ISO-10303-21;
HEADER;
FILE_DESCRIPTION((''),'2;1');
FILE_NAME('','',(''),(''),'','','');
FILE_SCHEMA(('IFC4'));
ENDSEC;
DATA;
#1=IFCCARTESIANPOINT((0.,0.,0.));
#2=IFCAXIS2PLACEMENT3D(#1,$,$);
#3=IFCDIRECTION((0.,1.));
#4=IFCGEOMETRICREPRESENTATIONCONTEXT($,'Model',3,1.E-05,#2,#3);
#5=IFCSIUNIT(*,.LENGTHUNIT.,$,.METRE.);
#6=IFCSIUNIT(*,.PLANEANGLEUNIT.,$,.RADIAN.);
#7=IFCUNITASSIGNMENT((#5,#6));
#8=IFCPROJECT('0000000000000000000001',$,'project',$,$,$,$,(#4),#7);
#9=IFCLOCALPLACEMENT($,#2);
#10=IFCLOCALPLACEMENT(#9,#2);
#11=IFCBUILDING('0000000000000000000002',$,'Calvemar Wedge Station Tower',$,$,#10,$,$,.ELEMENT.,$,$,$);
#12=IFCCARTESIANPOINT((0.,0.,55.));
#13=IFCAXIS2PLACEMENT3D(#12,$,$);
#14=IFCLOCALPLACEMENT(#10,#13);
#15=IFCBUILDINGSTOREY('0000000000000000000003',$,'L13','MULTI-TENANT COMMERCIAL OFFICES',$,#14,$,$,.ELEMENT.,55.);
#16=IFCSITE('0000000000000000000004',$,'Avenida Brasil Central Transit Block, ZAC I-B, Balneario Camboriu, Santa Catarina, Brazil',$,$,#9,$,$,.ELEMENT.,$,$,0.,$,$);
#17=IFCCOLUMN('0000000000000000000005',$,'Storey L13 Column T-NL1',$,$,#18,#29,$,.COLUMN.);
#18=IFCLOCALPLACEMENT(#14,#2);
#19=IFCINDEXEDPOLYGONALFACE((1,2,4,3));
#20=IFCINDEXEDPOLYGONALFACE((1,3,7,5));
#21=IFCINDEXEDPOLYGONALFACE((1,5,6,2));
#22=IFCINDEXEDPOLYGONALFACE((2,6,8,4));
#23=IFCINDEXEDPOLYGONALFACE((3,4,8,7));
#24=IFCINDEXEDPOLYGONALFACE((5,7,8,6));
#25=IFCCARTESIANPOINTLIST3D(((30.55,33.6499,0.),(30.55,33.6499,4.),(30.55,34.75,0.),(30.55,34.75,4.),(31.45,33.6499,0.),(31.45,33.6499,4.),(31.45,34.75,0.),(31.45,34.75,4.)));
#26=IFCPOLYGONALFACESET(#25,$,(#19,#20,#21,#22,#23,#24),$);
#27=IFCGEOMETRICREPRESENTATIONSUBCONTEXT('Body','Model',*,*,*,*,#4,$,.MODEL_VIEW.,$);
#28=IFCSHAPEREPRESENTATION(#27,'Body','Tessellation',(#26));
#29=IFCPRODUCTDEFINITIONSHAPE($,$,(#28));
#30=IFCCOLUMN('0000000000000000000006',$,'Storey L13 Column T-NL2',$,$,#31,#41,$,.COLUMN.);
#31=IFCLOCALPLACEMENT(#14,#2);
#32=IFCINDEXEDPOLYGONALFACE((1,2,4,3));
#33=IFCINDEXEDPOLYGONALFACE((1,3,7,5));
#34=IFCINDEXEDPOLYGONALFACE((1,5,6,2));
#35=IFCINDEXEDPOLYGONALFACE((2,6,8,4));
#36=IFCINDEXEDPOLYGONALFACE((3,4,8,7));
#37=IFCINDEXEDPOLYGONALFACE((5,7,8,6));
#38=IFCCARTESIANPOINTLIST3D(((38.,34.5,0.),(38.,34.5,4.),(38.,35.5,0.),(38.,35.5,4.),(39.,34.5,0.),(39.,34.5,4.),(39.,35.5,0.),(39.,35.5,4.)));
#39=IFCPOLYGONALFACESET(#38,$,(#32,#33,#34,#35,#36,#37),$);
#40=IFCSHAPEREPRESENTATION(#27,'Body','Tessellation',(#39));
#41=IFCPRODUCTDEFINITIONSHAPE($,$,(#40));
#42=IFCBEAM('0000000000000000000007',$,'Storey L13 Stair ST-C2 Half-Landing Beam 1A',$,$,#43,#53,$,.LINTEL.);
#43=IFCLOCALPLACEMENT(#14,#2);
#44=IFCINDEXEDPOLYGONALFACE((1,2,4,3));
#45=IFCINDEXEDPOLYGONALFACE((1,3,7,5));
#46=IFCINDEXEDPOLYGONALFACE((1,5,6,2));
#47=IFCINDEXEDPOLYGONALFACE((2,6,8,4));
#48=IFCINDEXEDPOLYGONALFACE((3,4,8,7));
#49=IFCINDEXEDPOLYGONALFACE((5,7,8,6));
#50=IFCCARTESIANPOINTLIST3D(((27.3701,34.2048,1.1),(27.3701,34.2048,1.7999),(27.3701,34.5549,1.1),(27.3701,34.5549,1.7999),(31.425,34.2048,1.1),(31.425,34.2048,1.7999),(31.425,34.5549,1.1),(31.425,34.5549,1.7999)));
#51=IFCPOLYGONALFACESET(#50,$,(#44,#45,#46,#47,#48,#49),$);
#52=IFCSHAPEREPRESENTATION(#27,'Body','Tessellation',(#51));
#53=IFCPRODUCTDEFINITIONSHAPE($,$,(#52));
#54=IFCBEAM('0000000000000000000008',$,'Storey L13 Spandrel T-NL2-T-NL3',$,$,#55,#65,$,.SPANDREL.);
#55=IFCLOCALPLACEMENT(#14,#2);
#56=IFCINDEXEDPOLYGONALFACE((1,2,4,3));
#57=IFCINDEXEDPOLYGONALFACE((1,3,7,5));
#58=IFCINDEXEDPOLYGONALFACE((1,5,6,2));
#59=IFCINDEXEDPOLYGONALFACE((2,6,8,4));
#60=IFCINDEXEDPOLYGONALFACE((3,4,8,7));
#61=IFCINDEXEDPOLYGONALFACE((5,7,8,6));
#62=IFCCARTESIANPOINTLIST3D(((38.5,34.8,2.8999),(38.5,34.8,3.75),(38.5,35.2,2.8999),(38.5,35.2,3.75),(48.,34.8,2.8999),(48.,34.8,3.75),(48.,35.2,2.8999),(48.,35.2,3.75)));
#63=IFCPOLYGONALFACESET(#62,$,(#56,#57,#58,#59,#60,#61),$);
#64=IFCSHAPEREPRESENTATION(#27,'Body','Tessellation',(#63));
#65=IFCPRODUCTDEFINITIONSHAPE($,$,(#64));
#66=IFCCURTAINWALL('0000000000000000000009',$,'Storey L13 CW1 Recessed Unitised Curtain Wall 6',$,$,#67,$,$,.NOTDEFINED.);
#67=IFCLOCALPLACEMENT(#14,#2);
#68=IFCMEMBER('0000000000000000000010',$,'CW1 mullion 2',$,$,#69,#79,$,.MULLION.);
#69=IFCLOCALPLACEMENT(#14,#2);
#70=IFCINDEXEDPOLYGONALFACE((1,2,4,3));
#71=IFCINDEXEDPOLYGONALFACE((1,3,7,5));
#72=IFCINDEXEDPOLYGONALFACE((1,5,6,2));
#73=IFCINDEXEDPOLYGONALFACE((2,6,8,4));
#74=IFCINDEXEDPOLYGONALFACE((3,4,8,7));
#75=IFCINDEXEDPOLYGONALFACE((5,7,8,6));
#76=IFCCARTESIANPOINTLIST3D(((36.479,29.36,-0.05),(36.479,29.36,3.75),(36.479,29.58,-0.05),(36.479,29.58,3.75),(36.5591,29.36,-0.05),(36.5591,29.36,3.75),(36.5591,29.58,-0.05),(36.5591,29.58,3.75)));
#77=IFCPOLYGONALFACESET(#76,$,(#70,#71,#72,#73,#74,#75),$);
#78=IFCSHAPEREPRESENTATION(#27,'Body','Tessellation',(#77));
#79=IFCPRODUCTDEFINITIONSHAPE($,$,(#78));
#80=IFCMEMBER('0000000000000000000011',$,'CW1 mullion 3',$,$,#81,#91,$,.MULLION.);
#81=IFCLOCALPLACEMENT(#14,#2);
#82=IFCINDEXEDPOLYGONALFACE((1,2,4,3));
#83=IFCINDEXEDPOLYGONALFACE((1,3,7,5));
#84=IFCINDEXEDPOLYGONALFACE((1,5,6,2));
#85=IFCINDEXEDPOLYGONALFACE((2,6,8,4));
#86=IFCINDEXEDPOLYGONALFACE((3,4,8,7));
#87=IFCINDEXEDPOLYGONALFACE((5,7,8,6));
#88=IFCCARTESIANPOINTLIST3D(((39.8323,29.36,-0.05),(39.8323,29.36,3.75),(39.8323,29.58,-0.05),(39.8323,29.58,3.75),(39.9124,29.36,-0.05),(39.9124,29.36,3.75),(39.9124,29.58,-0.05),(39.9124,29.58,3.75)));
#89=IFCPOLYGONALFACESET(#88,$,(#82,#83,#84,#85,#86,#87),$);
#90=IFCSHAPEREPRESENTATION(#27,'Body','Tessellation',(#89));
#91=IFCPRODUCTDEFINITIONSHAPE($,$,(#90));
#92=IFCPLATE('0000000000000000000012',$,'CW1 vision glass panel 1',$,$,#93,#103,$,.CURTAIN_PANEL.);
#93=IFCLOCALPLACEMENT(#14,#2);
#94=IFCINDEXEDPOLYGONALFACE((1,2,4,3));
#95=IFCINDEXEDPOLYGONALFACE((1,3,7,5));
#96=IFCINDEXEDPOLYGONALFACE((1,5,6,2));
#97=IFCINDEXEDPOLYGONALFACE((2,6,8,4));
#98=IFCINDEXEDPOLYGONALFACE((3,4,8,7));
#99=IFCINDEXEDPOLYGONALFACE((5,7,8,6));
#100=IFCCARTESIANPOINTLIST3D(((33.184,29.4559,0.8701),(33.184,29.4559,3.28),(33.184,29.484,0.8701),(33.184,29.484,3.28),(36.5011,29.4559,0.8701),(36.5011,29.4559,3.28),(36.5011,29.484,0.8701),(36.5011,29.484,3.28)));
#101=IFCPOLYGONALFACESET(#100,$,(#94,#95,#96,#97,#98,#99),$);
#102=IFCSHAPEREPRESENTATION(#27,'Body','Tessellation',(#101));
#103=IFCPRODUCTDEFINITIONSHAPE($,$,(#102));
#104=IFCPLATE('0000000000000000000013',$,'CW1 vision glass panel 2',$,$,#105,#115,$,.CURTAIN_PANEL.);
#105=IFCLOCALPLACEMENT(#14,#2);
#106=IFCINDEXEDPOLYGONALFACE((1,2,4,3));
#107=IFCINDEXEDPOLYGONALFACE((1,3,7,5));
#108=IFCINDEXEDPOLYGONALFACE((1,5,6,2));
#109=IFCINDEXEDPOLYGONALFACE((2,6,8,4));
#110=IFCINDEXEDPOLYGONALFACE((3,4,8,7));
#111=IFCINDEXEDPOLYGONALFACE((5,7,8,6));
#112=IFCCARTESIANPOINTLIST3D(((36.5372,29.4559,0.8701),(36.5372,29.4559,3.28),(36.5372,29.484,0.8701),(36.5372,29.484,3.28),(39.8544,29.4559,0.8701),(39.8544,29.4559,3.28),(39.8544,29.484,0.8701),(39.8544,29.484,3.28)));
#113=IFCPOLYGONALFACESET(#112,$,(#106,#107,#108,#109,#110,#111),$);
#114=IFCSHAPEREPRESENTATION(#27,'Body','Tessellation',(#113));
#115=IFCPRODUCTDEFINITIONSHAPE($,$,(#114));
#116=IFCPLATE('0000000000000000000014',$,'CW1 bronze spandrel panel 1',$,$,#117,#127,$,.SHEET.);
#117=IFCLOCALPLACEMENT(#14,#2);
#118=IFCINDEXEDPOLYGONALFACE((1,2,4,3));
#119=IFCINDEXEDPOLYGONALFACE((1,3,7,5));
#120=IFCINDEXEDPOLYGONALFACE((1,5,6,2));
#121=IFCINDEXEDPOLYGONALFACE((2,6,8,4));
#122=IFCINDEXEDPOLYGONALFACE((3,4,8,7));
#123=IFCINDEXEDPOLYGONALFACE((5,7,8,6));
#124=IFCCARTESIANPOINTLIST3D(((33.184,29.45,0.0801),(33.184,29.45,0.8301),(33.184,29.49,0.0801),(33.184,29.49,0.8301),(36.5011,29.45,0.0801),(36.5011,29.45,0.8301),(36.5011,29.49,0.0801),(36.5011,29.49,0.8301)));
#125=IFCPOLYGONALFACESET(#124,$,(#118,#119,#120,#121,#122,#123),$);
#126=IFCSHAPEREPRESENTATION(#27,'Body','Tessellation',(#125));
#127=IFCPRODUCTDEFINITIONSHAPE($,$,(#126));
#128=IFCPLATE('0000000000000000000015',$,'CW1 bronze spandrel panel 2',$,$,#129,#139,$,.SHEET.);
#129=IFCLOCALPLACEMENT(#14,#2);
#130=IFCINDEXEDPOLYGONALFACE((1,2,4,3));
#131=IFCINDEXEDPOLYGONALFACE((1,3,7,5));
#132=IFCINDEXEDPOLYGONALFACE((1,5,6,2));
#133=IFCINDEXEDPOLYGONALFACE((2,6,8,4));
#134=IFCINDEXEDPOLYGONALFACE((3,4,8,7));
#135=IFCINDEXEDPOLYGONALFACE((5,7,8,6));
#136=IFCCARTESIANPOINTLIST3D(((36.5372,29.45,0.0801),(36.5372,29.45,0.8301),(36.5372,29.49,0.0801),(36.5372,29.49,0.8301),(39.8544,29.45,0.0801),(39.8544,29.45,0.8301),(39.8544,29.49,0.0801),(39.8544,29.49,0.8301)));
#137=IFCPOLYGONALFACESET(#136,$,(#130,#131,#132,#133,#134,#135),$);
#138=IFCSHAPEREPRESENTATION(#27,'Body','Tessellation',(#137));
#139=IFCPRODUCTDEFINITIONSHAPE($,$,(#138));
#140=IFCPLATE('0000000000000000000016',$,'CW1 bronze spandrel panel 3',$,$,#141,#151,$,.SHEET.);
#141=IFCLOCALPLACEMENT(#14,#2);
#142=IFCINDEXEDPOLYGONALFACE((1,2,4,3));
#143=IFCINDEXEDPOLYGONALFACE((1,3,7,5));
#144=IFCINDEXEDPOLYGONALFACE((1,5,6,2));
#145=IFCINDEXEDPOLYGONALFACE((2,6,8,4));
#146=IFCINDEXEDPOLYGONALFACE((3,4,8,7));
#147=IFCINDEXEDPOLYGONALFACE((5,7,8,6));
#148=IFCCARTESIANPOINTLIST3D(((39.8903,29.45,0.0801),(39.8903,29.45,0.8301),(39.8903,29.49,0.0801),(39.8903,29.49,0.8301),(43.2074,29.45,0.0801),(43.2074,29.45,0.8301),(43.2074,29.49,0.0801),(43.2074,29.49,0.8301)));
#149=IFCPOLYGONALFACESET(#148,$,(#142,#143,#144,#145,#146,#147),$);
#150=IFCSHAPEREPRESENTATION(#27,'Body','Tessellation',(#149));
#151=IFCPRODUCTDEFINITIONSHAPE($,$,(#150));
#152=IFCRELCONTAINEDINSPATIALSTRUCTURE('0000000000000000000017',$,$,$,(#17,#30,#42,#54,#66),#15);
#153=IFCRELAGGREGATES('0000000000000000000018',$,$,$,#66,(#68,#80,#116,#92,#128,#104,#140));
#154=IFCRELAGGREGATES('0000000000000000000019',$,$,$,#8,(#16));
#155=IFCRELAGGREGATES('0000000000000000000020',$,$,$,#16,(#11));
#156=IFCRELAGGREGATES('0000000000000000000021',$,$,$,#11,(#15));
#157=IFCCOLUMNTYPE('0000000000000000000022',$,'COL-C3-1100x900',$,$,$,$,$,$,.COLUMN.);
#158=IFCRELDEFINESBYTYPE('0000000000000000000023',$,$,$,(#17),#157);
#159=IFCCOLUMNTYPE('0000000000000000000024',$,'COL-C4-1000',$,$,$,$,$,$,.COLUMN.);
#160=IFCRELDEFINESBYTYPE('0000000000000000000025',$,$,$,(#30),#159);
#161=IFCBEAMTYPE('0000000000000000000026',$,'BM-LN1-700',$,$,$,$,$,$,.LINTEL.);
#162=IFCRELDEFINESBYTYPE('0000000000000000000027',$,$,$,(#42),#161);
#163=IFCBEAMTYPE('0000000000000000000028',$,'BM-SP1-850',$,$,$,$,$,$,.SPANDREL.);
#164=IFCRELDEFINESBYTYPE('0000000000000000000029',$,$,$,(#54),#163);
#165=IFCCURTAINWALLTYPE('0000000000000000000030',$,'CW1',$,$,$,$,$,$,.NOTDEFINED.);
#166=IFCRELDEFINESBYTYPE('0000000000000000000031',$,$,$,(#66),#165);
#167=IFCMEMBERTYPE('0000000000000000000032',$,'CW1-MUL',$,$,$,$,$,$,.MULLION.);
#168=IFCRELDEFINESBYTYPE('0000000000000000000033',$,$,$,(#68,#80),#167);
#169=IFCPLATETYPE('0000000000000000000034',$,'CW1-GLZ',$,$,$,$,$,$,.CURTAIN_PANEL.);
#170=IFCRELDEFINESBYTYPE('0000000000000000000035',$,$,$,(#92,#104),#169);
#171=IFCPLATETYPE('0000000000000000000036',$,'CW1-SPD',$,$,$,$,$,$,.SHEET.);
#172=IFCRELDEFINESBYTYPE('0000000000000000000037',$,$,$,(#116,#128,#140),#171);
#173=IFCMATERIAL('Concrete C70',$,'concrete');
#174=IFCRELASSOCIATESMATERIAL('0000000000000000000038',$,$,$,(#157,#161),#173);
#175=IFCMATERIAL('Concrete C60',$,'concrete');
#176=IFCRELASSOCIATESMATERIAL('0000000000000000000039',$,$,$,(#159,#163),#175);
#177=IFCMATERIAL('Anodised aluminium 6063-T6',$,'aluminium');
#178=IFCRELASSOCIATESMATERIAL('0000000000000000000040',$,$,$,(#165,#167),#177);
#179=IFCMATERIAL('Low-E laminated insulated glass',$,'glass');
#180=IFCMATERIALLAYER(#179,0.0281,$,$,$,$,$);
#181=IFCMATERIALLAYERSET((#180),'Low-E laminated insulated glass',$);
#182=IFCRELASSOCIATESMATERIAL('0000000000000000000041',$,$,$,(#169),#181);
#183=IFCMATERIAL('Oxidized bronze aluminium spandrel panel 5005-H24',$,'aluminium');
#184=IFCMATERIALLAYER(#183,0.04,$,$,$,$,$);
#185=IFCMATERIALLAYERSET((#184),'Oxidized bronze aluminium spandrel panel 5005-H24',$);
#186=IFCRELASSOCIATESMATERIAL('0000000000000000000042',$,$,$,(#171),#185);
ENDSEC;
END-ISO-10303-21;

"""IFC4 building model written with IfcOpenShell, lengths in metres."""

from ifc_helpers import new_model, si_unit, direction, frame, frame_2d, origin, origin_2d, place, context, subcontext, project, spatial, rectangle, extrude, source, transform, mapped, material, layer, layer_set, material_profile, profile_set, type_object, element, aggregate, save


model = new_model("IFC4")

# Units and contexts
model_context = context("Model", 3, precision=1e-05, world=origin(), true_north=direction((0.0, 1.0)))
body_context = subcontext(model_context, "Body", "Model", "MODEL_VIEW")
ifc_project = project(units=[si_unit("LENGTHUNIT", "METRE"), si_unit("PLANEANGLEUNIT", "RADIAN")], contexts=[model_context])

# Site, building, storey
site_placement = place(None, origin())
site = spatial("IfcSite", under=ifc_project, at=site_placement, Name="Avenida Brasil Central Transit Block, ZAC I-B, Balneario Camboriu, Santa Catarina, Brazil", CompositionType="ELEMENT", RefElevation=0.0)
building_placement = place(site_placement, origin())
building = spatial("IfcBuilding", under=site, at=building_placement, Name="Calvemar Wedge Station Tower", CompositionType="ELEMENT")
storey_placement = place(building_placement, frame((0.0, 0.0, 55.0)))
storey = spatial("IfcBuildingStorey", under=building, at=storey_placement, Name="L13", Description="MULTI-TENANT COMMERCIAL OFFICES", CompositionType="ELEMENT", Elevation=55.0)

# Columns
ifc_material_1 = material(Name="Concrete C70", Category="concrete")
ifc_material_profile_1 = material_profile(ifc_material_1, rectangle(XDim=0.8999, YDim=1.1001, at=origin_2d()), Name="RC1100x900")
ifc_profile_set_1 = profile_set([ifc_material_profile_1], Name="Concrete C70")
column_type_1 = type_object("IfcColumnType", Name="COL-C3-1100x900", PredefinedType="COLUMN", material=ifc_profile_set_1)
shared_shape_1 = source(origin(), body_context, "Body", "SweptSolid", [
    extrude(rectangle(XDim=0.8999, YDim=1.1001, at=origin_2d()), origin(), (0.0, 0.0, 1.0), 4.0),
])
column_1_placement = place(storey_placement, frame((31.0, 34.2, 0.0), z_axis=(0.0, 0.0, 1.0), x_axis=(1.0, 0.0, 0.0)))
element("IfcColumn", 1, at=column_1_placement, inside=storey, type_object=column_type_1, Name="Storey L13 Column T-NL1", PredefinedType="COLUMN", context=body_context, shape_type="MappedRepresentation", body=[
    mapped(shared_shape_1, transform((0.0, 0.0, 0.0), scale=1.0)),
])
ifc_material_2 = material(Name="Concrete C60", Category="concrete")
ifc_material_profile_2 = material_profile(ifc_material_2, rectangle(XDim=1.0, YDim=1.0, at=origin_2d()), Name="RC1000x1000")
ifc_profile_set_2 = profile_set([ifc_material_profile_2], Name="Concrete C60")
column_type_2 = type_object("IfcColumnType", Name="COL-C4-1000", PredefinedType="COLUMN", material=ifc_profile_set_2)
shared_shape_2 = source(origin(), body_context, "Body", "SweptSolid", [
    extrude(rectangle(XDim=1.0, YDim=1.0, at=origin_2d()), origin(), (0.0, 0.0, 1.0), 4.0),
])
column_2_placement = place(storey_placement, frame((38.5, 35.0, 0.0), z_axis=(0.0, 0.0, 1.0), x_axis=(1.0, 0.0, 0.0)))
element("IfcColumn", 2, at=column_2_placement, inside=storey, type_object=column_type_2, Name="Storey L13 Column T-NL2", PredefinedType="COLUMN", context=body_context, shape_type="MappedRepresentation", body=[
    mapped(shared_shape_2, transform((0.0, 0.0, 0.0), scale=1.0)),
])

# Beams
ifc_material_profile_3 = material_profile(ifc_material_1, rectangle(XDim=0.3501, YDim=0.7, at=origin_2d()), Name="RC350x700")
ifc_profile_set_3 = profile_set([ifc_material_profile_3], Name="Concrete C70")
beam_type_1 = type_object("IfcBeamType", Name="BM-LN1-700", PredefinedType="LINTEL", material=ifc_profile_set_3)
shared_shape_3 = source(origin(), body_context, "Body", "SweptSolid", [
    extrude(rectangle(XDim=0.3501, YDim=0.7, at=origin_2d()), origin(), (0.0, 0.0, 1.0), 4.0549),
])
beam_1_placement = place(storey_placement, frame((27.3701, 34.3799, 1.45), z_axis=(1.0, 0.0, 0.0), x_axis=(0.0, 1.0, 0.0)))
element("IfcBeam", 3, at=beam_1_placement, inside=storey, type_object=beam_type_1, Name="Storey L13 Stair ST-C2 Half-Landing Beam 1A", PredefinedType="LINTEL", context=body_context, shape_type="MappedRepresentation", body=[
    mapped(shared_shape_3, transform((0.0, 0.0, 0.0), scale=1.0)),
])
ifc_material_profile_4 = material_profile(ifc_material_2, rectangle(XDim=0.3999, YDim=0.8501, at=origin_2d()), Name="RC400x850")
ifc_profile_set_4 = profile_set([ifc_material_profile_4], Name="Concrete C60")
beam_type_2 = type_object("IfcBeamType", Name="BM-SP1-850", PredefinedType="SPANDREL", material=ifc_profile_set_4)
shared_shape_4 = source(origin(), body_context, "Body", "SweptSolid", [
    extrude(rectangle(XDim=0.3999, YDim=0.8501, at=origin_2d()), origin(), (0.0, 0.0, 1.0), 9.5),
])
beam_2_placement = place(storey_placement, frame((38.5, 35.0, 3.325), z_axis=(1.0, 0.0, 0.0), x_axis=(0.0, 1.0, 0.0)))
element("IfcBeam", 4, at=beam_2_placement, inside=storey, type_object=beam_type_2, Name="Storey L13 Spandrel T-NL2-T-NL3", PredefinedType="SPANDREL", context=body_context, shape_type="MappedRepresentation", body=[
    mapped(shared_shape_4, transform((0.0, 0.0, 0.0), scale=1.0)),
])

# Curtain wall, members, plates
ifc_material_3 = material(Name="Anodised aluminium 6063-T6", Category="aluminium")
curtain_wall_type = type_object("IfcCurtainWallType", Name="CW1", PredefinedType="NOTDEFINED", material=ifc_material_3)
curtain_wall_placement = place(storey_placement, origin())
curtain_wall = element("IfcCurtainWall", 5, at=curtain_wall_placement, inside=storey, type_object=curtain_wall_type, Name="Storey L13 CW1 Recessed Unitised Curtain Wall 6", PredefinedType="NOTDEFINED")
ifc_material_profile_5 = material_profile(ifc_material_3, rectangle(XDim=0.0801, YDim=0.22, at=origin_2d()), Name="AL-MUL-80x220")
ifc_profile_set_5 = profile_set([ifc_material_profile_5], Name="Anodised aluminium 6063-T6")
member_type = type_object("IfcMemberType", Name="CW1-MUL", PredefinedType="MULLION", material=ifc_profile_set_5)
shared_shape_5 = source(origin(), body_context, "Body", "SweptSolid", [
    extrude(rectangle(XDim=0.0801, YDim=0.22, at=origin_2d()), origin(), (0.0, 0.0, 1.0), 3.8),
])
member_1_placement = place(storey_placement, frame((36.519, 29.47, -0.05), z_axis=(0.0, 0.0, 1.0), x_axis=(1.0, 0.0, 0.0)))
member_1 = element("IfcMember", 6, at=member_1_placement, type_object=member_type, Name="CW1 mullion 2", PredefinedType="MULLION", context=body_context, shape_type="MappedRepresentation", body=[
    mapped(shared_shape_5, transform((0.0, 0.0, 0.0), scale=1.0)),
])
member_2_placement = place(storey_placement, frame((39.8723, 29.47, -0.05), z_axis=(0.0, 0.0, 1.0), x_axis=(1.0, 0.0, 0.0)))
member_2 = element("IfcMember", 7, at=member_2_placement, type_object=member_type, Name="CW1 mullion 3", PredefinedType="MULLION", context=body_context, shape_type="MappedRepresentation", body=[
    mapped(shared_shape_5, transform((0.0, 0.0, 0.0), scale=1.0)),
])
ifc_material_4 = material(Name="Low-E laminated insulated glass", Category="glass")
ifc_layer_1 = layer(ifc_material_4, 0.0281)
ifc_layer_set_1 = layer_set([ifc_layer_1], Name="Low-E laminated insulated glass")
plate_type_1 = type_object("IfcPlateType", Name="CW1-GLZ", PredefinedType="CURTAIN_PANEL", material=ifc_layer_set_1)
plate_1_placement = place(storey_placement, frame((33.1838, 29.47, 0.8701), z_axis=(0.0, 0.0, 1.0), x_axis=(1.0, 0.0, 0.0)))
plate_1 = element("IfcPlate", 8, at=plate_1_placement, type_object=plate_type_1, Name="CW1 vision glass panel 1", PredefinedType="CURTAIN_PANEL", context=body_context, shape_type="SweptSolid", body=[
    extrude(rectangle(XDim=3.3171, YDim=0.0281, at=frame_2d((1.6587, 0.0))), origin(), (0.0, 0.0, 1.0), 2.4099),
])
plate_2_placement = place(storey_placement, frame((36.5371, 29.47, 0.8701), z_axis=(0.0, 0.0, 1.0), x_axis=(1.0, 0.0, 0.0)))
plate_2 = element("IfcPlate", 9, at=plate_2_placement, type_object=plate_type_1, Name="CW1 vision glass panel 2", PredefinedType="CURTAIN_PANEL", context=body_context, shape_type="SweptSolid", body=[
    extrude(rectangle(XDim=3.3171, YDim=0.0281, at=frame_2d((1.6587, 0.0))), origin(), (0.0, 0.0, 1.0), 2.4099),
])
ifc_material_5 = material(Name="Oxidized bronze aluminium spandrel panel 5005-H24", Category="aluminium")
ifc_layer_2 = layer(ifc_material_5, 0.04)
ifc_layer_set_2 = layer_set([ifc_layer_2], Name="Oxidized bronze aluminium spandrel panel 5005-H24")
plate_type_2 = type_object("IfcPlateType", Name="CW1-SPD", PredefinedType="SHEET", material=ifc_layer_set_2)
plate_3_placement = place(storey_placement, frame((33.1838, 29.47, 0.0801), z_axis=(0.0, 0.0, 1.0), x_axis=(1.0, 0.0, 0.0)))
plate_3 = element("IfcPlate", 10, at=plate_3_placement, type_object=plate_type_2, Name="CW1 bronze spandrel panel 1", PredefinedType="SHEET", context=body_context, shape_type="SweptSolid", body=[
    extrude(rectangle(XDim=3.3171, YDim=0.04, at=frame_2d((1.6587, 0.0))), origin(), (0.0, 0.0, 1.0), 0.75),
])
plate_4_placement = place(storey_placement, frame((36.5371, 29.47, 0.0801), z_axis=(0.0, 0.0, 1.0), x_axis=(1.0, 0.0, 0.0)))
plate_4 = element("IfcPlate", 11, at=plate_4_placement, type_object=plate_type_2, Name="CW1 bronze spandrel panel 2", PredefinedType="SHEET", context=body_context, shape_type="SweptSolid", body=[
    extrude(rectangle(XDim=3.3171, YDim=0.04, at=frame_2d((1.6587, 0.0))), origin(), (0.0, 0.0, 1.0), 0.75),
])
plate_5_placement = place(storey_placement, frame((39.8901, 29.47, 0.0801), z_axis=(0.0, 0.0, 1.0), x_axis=(1.0, 0.0, 0.0)))
plate_5 = element("IfcPlate", 12, at=plate_5_placement, type_object=plate_type_2, Name="CW1 bronze spandrel panel 3", PredefinedType="SHEET", context=body_context, shape_type="SweptSolid", body=[
    extrude(rectangle(XDim=3.3171, YDim=0.04, at=frame_2d((1.6587, 0.0))), origin(), (0.0, 0.0, 1.0), 0.75),
])
aggregate(curtain_wall, [member_1, member_2, plate_3, plate_1, plate_4, plate_2, plate_5])

save(model, "model.ifc")
